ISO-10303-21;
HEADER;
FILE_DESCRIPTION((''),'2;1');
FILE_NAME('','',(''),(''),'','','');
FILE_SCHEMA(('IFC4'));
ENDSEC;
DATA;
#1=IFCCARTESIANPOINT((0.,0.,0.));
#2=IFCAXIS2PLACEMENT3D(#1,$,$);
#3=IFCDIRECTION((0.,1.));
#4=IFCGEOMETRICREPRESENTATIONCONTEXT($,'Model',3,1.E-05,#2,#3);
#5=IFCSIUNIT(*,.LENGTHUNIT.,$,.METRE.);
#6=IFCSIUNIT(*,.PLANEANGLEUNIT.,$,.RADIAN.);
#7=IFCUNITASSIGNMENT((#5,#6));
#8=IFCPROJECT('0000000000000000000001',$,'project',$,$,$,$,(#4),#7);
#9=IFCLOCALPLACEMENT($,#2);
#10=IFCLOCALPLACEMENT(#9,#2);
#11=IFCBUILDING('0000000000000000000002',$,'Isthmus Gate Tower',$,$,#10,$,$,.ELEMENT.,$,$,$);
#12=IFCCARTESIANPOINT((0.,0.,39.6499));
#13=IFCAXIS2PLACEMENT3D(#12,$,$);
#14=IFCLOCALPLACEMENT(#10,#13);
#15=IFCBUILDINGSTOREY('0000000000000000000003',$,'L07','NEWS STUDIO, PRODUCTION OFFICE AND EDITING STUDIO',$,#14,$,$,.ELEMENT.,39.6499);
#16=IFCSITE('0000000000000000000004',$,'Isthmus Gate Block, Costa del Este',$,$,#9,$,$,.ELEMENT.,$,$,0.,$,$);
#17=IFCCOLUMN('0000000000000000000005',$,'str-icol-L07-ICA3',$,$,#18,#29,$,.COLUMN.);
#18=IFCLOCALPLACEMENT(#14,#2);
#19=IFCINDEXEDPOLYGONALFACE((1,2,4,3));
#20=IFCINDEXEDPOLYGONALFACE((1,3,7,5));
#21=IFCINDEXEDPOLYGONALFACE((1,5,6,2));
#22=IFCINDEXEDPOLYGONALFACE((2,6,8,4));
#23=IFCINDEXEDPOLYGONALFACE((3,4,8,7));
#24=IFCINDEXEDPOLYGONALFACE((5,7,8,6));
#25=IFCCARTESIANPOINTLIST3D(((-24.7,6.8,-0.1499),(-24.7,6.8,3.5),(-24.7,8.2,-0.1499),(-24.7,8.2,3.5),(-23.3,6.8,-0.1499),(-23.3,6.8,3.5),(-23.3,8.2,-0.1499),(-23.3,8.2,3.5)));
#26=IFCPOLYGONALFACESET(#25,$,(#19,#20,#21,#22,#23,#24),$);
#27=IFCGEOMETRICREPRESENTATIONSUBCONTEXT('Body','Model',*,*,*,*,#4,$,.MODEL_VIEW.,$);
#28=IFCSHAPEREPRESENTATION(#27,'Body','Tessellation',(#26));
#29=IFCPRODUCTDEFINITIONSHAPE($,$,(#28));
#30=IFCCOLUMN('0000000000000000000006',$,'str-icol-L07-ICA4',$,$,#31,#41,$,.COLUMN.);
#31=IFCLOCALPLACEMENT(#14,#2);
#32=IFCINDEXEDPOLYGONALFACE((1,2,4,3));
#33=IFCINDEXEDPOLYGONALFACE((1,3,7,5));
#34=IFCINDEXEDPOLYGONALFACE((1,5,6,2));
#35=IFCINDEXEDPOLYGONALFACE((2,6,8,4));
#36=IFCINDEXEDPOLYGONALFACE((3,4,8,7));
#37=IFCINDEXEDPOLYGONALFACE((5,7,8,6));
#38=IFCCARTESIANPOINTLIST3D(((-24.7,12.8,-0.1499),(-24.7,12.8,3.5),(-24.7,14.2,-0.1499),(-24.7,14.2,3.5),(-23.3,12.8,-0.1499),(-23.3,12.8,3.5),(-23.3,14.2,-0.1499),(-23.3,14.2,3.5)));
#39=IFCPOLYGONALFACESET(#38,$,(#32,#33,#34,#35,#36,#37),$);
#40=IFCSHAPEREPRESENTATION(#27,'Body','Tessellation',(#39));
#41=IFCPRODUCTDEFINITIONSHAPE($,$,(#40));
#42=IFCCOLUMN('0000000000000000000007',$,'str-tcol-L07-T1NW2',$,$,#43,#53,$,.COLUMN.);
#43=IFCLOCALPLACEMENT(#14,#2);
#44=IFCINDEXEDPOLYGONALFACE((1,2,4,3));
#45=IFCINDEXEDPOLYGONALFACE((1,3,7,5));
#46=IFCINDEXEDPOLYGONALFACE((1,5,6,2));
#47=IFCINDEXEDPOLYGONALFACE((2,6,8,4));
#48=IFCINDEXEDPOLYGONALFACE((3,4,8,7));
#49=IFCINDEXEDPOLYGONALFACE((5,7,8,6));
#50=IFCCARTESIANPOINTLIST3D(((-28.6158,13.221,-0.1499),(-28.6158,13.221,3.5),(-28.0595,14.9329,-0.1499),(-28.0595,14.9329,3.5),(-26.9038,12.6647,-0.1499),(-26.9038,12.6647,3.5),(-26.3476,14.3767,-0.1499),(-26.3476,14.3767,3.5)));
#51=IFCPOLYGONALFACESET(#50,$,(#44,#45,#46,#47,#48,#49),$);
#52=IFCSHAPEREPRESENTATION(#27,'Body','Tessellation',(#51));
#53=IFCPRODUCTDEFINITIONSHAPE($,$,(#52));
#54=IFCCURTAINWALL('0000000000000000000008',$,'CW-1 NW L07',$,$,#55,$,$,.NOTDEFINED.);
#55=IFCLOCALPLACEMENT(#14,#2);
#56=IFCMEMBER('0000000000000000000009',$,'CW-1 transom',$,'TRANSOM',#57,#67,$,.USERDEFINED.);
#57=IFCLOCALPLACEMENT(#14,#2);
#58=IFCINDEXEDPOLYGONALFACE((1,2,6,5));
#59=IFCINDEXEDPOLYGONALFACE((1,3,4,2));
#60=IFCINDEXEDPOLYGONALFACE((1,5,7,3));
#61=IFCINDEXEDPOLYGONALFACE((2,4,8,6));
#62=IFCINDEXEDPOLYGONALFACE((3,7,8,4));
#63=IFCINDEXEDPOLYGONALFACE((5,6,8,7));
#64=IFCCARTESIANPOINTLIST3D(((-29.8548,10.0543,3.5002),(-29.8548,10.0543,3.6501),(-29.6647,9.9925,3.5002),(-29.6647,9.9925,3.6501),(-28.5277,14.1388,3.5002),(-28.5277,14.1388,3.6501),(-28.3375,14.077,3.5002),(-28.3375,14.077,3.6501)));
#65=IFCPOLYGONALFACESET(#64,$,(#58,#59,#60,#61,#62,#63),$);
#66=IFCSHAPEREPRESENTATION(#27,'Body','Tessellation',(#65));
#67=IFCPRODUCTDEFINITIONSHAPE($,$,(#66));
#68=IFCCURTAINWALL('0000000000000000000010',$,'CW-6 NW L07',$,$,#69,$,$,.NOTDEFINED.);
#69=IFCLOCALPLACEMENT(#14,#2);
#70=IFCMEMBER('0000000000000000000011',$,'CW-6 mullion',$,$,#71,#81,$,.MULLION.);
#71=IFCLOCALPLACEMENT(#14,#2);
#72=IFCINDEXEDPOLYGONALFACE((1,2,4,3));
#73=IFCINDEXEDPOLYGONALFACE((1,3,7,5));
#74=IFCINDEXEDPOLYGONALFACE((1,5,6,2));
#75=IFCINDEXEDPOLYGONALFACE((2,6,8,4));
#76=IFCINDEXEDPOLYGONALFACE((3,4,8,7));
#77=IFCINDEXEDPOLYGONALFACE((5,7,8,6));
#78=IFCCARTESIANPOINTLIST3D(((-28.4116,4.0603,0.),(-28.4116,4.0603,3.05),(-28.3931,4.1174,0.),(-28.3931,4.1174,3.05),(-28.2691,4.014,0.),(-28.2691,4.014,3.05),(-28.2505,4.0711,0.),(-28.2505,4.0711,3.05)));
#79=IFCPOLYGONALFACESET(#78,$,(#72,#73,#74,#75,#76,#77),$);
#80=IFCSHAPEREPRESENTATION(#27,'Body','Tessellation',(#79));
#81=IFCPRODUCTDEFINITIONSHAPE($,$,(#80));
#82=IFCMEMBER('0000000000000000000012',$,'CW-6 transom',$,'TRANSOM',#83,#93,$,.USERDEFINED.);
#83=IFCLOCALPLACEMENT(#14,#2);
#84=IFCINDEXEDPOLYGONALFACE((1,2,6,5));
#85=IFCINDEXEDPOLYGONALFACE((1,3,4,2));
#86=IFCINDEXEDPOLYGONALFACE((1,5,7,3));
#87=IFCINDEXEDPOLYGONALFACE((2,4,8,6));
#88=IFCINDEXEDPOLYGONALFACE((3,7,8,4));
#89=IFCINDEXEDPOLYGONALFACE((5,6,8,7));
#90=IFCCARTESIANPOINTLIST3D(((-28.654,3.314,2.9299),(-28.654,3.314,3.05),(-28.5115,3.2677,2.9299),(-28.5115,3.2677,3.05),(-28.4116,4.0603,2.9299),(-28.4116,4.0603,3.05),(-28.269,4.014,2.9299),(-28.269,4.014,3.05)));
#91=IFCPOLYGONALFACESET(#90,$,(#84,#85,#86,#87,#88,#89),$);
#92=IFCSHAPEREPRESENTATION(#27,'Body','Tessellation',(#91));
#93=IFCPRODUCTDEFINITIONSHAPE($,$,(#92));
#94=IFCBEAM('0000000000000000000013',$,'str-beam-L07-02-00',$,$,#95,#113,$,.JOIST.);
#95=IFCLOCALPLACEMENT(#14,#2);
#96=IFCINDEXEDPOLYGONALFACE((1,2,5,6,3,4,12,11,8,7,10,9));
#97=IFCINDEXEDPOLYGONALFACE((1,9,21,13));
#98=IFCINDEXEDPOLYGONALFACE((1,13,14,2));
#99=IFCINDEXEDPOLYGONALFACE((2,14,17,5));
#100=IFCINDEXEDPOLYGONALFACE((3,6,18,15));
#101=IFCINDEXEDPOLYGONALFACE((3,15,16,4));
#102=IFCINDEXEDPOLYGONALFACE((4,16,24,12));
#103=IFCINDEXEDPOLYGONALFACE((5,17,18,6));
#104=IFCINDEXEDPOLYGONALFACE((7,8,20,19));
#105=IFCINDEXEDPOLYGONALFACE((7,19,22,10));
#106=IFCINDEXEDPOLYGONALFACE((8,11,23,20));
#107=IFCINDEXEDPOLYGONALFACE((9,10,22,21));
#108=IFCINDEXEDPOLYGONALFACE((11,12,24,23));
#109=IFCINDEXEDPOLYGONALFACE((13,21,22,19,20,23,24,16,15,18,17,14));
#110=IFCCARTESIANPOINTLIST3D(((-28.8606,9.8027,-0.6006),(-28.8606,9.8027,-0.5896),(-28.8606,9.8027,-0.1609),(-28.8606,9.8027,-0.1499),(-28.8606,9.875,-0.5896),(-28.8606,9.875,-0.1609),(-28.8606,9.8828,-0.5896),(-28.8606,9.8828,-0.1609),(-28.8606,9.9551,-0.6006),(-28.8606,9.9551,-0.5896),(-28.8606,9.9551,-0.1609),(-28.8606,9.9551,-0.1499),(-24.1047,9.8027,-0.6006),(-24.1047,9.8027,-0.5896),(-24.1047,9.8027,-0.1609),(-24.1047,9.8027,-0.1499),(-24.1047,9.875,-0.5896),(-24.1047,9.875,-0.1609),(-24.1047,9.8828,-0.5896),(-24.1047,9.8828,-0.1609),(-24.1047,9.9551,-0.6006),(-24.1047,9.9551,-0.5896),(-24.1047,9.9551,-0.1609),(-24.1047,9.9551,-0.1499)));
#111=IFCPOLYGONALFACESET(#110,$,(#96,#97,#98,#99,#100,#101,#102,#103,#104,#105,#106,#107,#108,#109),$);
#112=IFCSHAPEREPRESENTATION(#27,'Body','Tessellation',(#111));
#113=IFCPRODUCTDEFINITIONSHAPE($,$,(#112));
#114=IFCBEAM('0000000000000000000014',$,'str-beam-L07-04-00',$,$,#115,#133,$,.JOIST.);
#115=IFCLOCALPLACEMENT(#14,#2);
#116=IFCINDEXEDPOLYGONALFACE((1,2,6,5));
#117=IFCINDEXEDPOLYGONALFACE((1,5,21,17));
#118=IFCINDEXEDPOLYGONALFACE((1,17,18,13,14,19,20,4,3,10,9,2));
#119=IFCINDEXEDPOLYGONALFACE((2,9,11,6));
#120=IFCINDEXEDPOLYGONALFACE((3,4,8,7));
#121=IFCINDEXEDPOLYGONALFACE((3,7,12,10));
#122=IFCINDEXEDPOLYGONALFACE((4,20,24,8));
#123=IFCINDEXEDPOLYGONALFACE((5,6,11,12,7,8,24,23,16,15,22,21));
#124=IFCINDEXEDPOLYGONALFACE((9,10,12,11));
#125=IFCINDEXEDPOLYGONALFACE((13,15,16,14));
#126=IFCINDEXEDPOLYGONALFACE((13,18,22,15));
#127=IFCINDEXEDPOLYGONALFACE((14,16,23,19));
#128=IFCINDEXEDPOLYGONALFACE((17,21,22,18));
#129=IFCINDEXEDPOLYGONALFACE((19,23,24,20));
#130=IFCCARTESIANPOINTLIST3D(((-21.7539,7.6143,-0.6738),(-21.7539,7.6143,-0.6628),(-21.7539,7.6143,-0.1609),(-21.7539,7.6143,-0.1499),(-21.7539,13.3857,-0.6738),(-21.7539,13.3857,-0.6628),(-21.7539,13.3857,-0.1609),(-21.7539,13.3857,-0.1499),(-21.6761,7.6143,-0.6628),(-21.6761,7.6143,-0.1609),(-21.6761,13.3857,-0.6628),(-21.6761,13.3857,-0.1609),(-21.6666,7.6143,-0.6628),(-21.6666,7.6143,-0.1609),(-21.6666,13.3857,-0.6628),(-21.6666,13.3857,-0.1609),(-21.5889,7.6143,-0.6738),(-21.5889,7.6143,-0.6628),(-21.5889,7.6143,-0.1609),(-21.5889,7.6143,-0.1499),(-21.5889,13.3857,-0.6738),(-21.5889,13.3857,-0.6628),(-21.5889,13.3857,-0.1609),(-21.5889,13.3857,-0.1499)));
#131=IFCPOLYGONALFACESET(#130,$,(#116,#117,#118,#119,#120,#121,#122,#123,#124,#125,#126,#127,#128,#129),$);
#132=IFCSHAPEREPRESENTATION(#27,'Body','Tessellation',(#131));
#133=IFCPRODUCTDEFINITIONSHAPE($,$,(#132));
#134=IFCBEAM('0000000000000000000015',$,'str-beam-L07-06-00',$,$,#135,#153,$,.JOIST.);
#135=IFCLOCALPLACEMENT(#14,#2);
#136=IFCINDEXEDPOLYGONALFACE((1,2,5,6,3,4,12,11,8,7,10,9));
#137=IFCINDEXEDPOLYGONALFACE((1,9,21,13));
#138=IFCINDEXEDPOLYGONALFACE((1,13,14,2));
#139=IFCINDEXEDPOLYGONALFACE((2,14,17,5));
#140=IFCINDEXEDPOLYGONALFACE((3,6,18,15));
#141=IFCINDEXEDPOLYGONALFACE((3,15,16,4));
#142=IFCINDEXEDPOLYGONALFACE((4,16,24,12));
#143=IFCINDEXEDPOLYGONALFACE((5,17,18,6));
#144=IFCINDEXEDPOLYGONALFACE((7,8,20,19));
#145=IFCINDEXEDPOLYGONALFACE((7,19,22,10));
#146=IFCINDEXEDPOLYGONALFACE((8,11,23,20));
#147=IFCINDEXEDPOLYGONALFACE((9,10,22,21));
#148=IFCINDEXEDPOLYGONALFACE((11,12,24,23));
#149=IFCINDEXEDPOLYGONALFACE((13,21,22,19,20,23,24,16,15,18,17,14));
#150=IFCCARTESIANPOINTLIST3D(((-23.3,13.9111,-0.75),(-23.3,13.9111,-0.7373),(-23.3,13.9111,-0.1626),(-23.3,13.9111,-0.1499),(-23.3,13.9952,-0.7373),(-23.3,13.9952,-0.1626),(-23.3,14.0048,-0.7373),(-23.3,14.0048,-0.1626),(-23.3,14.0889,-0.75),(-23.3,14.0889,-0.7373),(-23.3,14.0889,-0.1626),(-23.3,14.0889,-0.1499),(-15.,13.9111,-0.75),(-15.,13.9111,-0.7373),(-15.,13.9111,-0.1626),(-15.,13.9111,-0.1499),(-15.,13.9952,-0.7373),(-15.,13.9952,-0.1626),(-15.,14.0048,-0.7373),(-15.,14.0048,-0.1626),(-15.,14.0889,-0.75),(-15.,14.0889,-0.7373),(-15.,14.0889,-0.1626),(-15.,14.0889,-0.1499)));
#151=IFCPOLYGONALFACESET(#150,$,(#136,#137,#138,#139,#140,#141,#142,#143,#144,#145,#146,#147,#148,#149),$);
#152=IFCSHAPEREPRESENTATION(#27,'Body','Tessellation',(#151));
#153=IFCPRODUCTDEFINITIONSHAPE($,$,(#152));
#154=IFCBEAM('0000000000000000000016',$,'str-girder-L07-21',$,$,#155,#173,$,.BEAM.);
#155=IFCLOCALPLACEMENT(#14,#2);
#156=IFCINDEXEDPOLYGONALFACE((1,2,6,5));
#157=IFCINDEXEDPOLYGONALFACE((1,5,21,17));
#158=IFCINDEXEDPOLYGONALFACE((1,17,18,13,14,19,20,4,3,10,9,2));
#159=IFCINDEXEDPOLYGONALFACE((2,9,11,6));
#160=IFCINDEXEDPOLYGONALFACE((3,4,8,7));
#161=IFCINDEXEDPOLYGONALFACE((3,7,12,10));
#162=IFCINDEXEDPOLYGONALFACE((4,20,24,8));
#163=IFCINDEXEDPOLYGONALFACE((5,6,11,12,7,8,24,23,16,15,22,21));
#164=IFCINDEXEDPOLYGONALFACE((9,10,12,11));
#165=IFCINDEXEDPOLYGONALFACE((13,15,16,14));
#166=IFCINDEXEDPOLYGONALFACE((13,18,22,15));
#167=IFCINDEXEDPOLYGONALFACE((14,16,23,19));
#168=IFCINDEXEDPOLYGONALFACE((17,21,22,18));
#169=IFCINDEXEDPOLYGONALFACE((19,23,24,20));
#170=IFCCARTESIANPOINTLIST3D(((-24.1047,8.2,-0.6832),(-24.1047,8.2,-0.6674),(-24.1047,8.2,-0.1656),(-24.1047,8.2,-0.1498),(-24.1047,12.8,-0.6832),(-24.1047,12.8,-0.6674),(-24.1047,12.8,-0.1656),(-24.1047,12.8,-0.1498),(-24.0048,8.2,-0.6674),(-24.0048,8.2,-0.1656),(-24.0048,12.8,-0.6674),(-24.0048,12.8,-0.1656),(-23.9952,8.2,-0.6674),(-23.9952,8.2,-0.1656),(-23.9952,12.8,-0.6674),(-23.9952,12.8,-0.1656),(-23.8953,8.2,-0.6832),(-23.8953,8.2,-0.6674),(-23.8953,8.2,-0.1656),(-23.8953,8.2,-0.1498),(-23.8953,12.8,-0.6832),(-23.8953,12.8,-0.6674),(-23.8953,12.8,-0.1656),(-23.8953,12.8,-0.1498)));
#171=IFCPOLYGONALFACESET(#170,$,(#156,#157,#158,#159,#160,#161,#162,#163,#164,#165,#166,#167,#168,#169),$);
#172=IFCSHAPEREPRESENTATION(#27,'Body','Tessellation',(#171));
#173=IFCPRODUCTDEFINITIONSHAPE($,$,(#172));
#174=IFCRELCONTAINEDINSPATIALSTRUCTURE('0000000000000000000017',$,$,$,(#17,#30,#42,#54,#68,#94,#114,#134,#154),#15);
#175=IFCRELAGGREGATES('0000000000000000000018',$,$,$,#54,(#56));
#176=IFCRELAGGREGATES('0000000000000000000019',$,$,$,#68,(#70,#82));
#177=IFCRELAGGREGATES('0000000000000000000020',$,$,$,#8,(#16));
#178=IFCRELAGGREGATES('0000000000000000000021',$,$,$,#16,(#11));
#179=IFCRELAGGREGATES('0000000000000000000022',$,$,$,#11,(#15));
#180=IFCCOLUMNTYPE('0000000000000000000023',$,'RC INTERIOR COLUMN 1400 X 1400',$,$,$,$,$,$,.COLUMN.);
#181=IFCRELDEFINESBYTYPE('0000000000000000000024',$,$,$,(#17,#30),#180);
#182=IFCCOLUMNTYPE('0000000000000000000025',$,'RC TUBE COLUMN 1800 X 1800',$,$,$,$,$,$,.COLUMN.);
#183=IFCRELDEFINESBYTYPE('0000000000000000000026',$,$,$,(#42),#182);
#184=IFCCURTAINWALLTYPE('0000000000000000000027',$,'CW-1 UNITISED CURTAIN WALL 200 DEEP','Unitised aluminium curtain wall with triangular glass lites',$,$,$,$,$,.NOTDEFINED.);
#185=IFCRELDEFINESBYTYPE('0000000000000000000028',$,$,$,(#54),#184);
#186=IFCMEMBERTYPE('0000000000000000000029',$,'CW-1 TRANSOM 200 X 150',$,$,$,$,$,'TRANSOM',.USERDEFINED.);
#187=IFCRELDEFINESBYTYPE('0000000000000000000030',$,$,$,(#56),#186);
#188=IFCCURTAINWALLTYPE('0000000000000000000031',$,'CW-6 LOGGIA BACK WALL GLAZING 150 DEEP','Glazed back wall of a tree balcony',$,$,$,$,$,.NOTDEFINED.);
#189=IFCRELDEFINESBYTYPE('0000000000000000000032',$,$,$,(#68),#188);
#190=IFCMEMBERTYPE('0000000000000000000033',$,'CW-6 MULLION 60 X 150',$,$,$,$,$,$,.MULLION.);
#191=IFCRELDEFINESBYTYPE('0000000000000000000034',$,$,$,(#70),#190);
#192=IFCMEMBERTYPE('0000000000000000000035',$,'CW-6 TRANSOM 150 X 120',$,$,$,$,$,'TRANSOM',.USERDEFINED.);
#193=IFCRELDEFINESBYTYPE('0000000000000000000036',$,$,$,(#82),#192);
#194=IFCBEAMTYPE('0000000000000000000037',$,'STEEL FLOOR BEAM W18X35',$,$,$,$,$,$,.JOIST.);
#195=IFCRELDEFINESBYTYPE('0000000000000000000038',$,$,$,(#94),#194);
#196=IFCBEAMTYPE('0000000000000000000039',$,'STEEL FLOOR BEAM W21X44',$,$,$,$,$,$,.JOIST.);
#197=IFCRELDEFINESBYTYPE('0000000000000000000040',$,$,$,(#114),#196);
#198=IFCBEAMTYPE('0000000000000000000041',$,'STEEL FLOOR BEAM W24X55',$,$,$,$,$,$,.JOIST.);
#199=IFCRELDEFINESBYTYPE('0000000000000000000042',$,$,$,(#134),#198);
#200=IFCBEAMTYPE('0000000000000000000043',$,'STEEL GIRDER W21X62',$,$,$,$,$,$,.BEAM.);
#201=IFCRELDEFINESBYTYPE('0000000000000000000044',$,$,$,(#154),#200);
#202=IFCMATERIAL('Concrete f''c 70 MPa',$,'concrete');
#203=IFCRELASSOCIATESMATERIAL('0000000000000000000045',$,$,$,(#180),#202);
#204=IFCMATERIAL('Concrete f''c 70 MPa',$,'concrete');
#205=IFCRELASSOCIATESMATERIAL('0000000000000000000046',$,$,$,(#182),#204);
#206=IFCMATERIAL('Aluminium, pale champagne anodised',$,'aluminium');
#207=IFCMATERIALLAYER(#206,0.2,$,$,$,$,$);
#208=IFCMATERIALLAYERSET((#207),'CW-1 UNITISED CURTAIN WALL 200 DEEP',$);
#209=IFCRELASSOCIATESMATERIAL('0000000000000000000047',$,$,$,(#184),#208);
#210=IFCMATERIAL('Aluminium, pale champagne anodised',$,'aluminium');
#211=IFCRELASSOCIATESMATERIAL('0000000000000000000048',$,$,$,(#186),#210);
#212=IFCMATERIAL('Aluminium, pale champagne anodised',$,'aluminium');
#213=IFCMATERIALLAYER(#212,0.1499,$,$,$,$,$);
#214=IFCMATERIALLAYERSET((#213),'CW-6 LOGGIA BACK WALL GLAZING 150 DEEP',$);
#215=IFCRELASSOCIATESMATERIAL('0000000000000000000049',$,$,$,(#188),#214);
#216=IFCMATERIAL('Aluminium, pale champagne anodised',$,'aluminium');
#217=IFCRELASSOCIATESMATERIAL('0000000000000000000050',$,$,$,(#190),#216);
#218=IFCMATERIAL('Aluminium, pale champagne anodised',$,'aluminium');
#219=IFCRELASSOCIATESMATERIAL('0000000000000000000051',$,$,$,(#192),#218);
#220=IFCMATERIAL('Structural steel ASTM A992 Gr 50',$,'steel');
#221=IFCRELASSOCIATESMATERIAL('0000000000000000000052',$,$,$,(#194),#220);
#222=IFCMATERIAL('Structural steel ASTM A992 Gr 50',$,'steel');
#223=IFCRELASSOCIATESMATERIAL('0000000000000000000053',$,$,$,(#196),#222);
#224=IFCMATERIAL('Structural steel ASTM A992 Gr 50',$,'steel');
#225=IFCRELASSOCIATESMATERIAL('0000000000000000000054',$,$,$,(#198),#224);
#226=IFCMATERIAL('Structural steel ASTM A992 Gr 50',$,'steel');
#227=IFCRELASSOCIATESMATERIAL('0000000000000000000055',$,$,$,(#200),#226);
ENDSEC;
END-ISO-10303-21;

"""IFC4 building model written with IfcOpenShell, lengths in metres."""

from ifc_helpers import new_model, si_unit, direction, frame, origin, origin_2d, place, context, subcontext, project, spatial, rectangle, i_section, extrude, material, layer, layer_set, material_profile, profile_set, type_object, element, aggregate, save


model = new_model("IFC4")

# Units and contexts
model_context = context("Model", 3, precision=1e-05, world=origin(), true_north=direction((0.0, 1.0)))
body_context = subcontext(model_context, "Body", "Model", "MODEL_VIEW")
ifc_project = project(units=[si_unit("LENGTHUNIT", "METRE"), si_unit("PLANEANGLEUNIT", "RADIAN")], contexts=[model_context])

# Site, building, storey
site_placement = place(None, origin())
site = spatial("IfcSite", under=ifc_project, at=site_placement, Name="Isthmus Gate Block, Costa del Este", CompositionType="ELEMENT", RefElevation=0.0)
building_placement = place(site_placement, origin())
building = spatial("IfcBuilding", under=site, at=building_placement, Name="Isthmus Gate Tower", CompositionType="ELEMENT")
storey_placement = place(building_placement, frame((0.0, 0.0, 39.6499)))
storey = spatial("IfcBuildingStorey", under=building, at=storey_placement, Name="L07", Description="NEWS STUDIO, PRODUCTION OFFICE AND EDITING STUDIO", CompositionType="ELEMENT", Elevation=39.6499)

# Columns
ifc_material_1 = material(Name="Concrete f'c 70 MPa", Category="concrete")
ifc_material_profile_1 = material_profile(ifc_material_1, rectangle(XDim=1.3999, YDim=1.3999, at=origin_2d()), Name="RC 1400X1400")
ifc_profile_set_1 = profile_set([ifc_material_profile_1], Name="Concrete f'c 70 MPa")
column_type_1 = type_object("IfcColumnType", Name="RC INTERIOR COLUMN 1400 X 1400", PredefinedType="COLUMN", material=ifc_profile_set_1)
for number, where, z_axis, x_axis, name in (
    (1, (-24.0, 7.5, -0.1499), (0.0, 0.0, 1.0), (1.0, 0.0, 0.0), "str-icol-L07-ICA3"),
    (2, (-24.0, 13.5, -0.1499), (0.0, 0.0, 1.0), (1.0, 0.0, 0.0), "str-icol-L07-ICA4"),
):
    element("IfcColumn", number, at=place(storey_placement, frame(where, z_axis=z_axis, x_axis=x_axis)), inside=storey, type_object=column_type_1, Name=name, PredefinedType="COLUMN", context=body_context, shape_type="SweptSolid", body=[
        extrude(rectangle(XDim=1.3999, YDim=1.3999, at=origin_2d()), origin(), (0.0, 0.0, 1.0), 3.6499),
    ])
ifc_material_2 = material(Name="Concrete f'c 70 MPa", Category="concrete")
ifc_material_profile_2 = material_profile(ifc_material_2, rectangle(XDim=1.8, YDim=1.8, at=origin_2d()), Name="RC 1800X1800")
ifc_profile_set_2 = profile_set([ifc_material_profile_2], Name="Concrete f'c 70 MPa")
column_type_2 = type_object("IfcColumnType", Name="RC TUBE COLUMN 1800 X 1800", PredefinedType="COLUMN", material=ifc_profile_set_2)
column_placement = place(storey_placement, frame((-27.4817, 13.7988, -0.1499), z_axis=(0.0, 0.0, 1.0), x_axis=(-0.309017, -0.951057, 0.0)))
element("IfcColumn", 3, at=column_placement, inside=storey, type_object=column_type_2, Name="str-tcol-L07-T1NW2", PredefinedType="COLUMN", context=body_context, shape_type="SweptSolid", body=[
    extrude(rectangle(XDim=1.8, YDim=1.8, at=origin_2d()), origin(), (0.0, 0.0, 1.0), 3.6499),
])

# Curtain wall, member
ifc_material_3 = material(Name="Aluminium, pale champagne anodised", Category="aluminium")
ifc_layer_1 = layer(ifc_material_3, 0.2)
ifc_layer_set_1 = layer_set([ifc_layer_1], Name="CW-1 UNITISED CURTAIN WALL 200 DEEP")
curtain_wall_type_1 = type_object("IfcCurtainWallType", Name="CW-1 UNITISED CURTAIN WALL 200 DEEP", Description="Unitised aluminium curtain wall with triangular glass lites", PredefinedType="NOTDEFINED", material=ifc_layer_set_1)
curtain_wall_1_placement = place(storey_placement, origin())
curtain_wall_1 = element("IfcCurtainWall", 4, at=curtain_wall_1_placement, inside=storey, type_object=curtain_wall_type_1, Name="CW-1 NW L07", PredefinedType="NOTDEFINED")
ifc_material_4 = material(Name="Aluminium, pale champagne anodised", Category="aluminium")
ifc_material_profile_3 = material_profile(ifc_material_4, rectangle(XDim=0.2, YDim=0.1499, at=origin_2d()), Name="200x150")
ifc_profile_set_3 = profile_set([ifc_material_profile_3], Name="Aluminium, pale champagne anodised")
member_type_1 = type_object("IfcMemberType", Name="CW-1 TRANSOM 200 X 150", ElementType="TRANSOM", PredefinedType="USERDEFINED", material=ifc_profile_set_3)
member_1_placement = place(storey_placement, frame((-28.4326, 14.1079, 3.5752), z_axis=(-0.309022, -0.951055, 0.0), x_axis=(0.951055, -0.309022, 0.0)))
member_1 = element("IfcMember", 5, at=member_1_placement, type_object=member_type_1, Name="CW-1 transom", ObjectType="TRANSOM", PredefinedType="USERDEFINED", context=body_context, shape_type="SweptSolid", body=[
    extrude(rectangle(XDim=0.2, YDim=0.1499, at=origin_2d()), origin(), (0.0, 0.0, 1.0), 4.2947),
])

# Curtain wall, members
ifc_material_5 = material(Name="Aluminium, pale champagne anodised", Category="aluminium")
ifc_layer_2 = layer(ifc_material_5, 0.1499)
ifc_layer_set_2 = layer_set([ifc_layer_2], Name="CW-6 LOGGIA BACK WALL GLAZING 150 DEEP")
curtain_wall_type_2 = type_object("IfcCurtainWallType", Name="CW-6 LOGGIA BACK WALL GLAZING 150 DEEP", Description="Glazed back wall of a tree balcony", PredefinedType="NOTDEFINED", material=ifc_layer_set_2)
curtain_wall_2_placement = place(storey_placement, origin())
curtain_wall_2 = element("IfcCurtainWall", 6, at=curtain_wall_2_placement, inside=storey, type_object=curtain_wall_type_2, Name="CW-6 NW L07", PredefinedType="NOTDEFINED")
ifc_material_6 = material(Name="Aluminium, pale champagne anodised", Category="aluminium")
ifc_material_profile_4 = material_profile(ifc_material_6, rectangle(XDim=0.0601, YDim=0.1499, at=origin_2d()), Name="60x150")
ifc_profile_set_4 = profile_set([ifc_material_profile_4], Name="Aluminium, pale champagne anodised")
member_type_2 = type_object("IfcMemberType", Name="CW-6 MULLION 60 X 150", PredefinedType="MULLION", material=ifc_profile_set_4)
member_2_placement = place(storey_placement, frame((-28.3311, 4.0657, 0.0), z_axis=(0.0, 0.0, 1.0), x_axis=(-0.309017, -0.951057, 0.0)))
member_2 = element("IfcMember", 7, at=member_2_placement, type_object=member_type_2, Name="CW-6 mullion", PredefinedType="MULLION", context=body_context, shape_type="SweptSolid", body=[
    extrude(rectangle(XDim=0.0601, YDim=0.1499, at=origin_2d()), origin(), (0.0, 0.0, 1.0), 3.05),
])
ifc_material_7 = material(Name="Aluminium, pale champagne anodised", Category="aluminium")
ifc_material_profile_5 = material_profile(ifc_material_7, rectangle(XDim=0.1499, YDim=0.1201, at=origin_2d()), Name="150x120")
ifc_profile_set_5 = profile_set([ifc_material_profile_5], Name="Aluminium, pale champagne anodised")
member_type_3 = type_object("IfcMemberType", Name="CW-6 TRANSOM 150 X 120", ElementType="TRANSOM", PredefinedType="USERDEFINED", material=ifc_profile_set_5)
member_3_placement = place(storey_placement, frame((-28.3403, 4.0371, 2.99), z_axis=(-0.308938, -0.951082, 0.0), x_axis=(0.951082, -0.308938, 0.0)))
member_3 = element("IfcMember", 8, at=member_3_placement, type_object=member_type_3, Name="CW-6 transom", ObjectType="TRANSOM", PredefinedType="USERDEFINED", context=body_context, shape_type="SweptSolid", body=[
    extrude(rectangle(XDim=0.1499, YDim=0.1201, at=origin_2d()), origin(), (0.0, 0.0, 1.0), 0.7847),
])

# Beams
ifc_material_8 = material(Name="Structural steel ASTM A992 Gr 50", Category="steel")
ifc_material_profile_6 = material_profile(ifc_material_8, i_section(OverallWidth=0.1523, OverallDepth=0.4507, WebThickness=0.0078, FlangeThickness=0.011, at=origin_2d()), Name="W18X35")
ifc_profile_set_6 = profile_set([ifc_material_profile_6], Name="Structural steel ASTM A992 Gr 50")
beam_type_1 = type_object("IfcBeamType", Name="STEEL FLOOR BEAM W18X35", PredefinedType="JOIST", material=ifc_profile_set_6)
beam_1_placement = place(storey_placement, frame((-28.8606, 9.8789, -0.3752), z_axis=(1.0, 0.0, 0.0), x_axis=(0.0, 1.0, 0.0)))
element("IfcBeam", 9, at=beam_1_placement, inside=storey, type_object=beam_type_1, Name="str-beam-L07-02-00", PredefinedType="JOIST", context=body_context, shape_type="SweptSolid", body=[
    extrude(i_section(OverallWidth=0.1523, OverallDepth=0.4507, WebThickness=0.0078, FlangeThickness=0.011, at=origin_2d()), origin(), (0.0, 0.0, 1.0), 4.7559),
])
ifc_material_9 = material(Name="Structural steel ASTM A992 Gr 50", Category="steel")
ifc_material_profile_7 = material_profile(ifc_material_9, i_section(OverallWidth=0.165, OverallDepth=0.5239, WebThickness=0.0095, FlangeThickness=0.011, at=origin_2d()), Name="W21X44")
ifc_profile_set_7 = profile_set([ifc_material_profile_7], Name="Structural steel ASTM A992 Gr 50")
beam_type_2 = type_object("IfcBeamType", Name="STEEL FLOOR BEAM W21X44", PredefinedType="JOIST", material=ifc_profile_set_7)
beam_2_placement = place(storey_placement, frame((-21.6714, 7.6143, -0.4119), z_axis=(0.0, 1.0, 0.0), x_axis=(-1.0, 0.0, 0.0)))
element("IfcBeam", 10, at=beam_2_placement, inside=storey, type_object=beam_type_2, Name="str-beam-L07-04-00", PredefinedType="JOIST", context=body_context, shape_type="SweptSolid", body=[
    extrude(i_section(OverallWidth=0.165, OverallDepth=0.5239, WebThickness=0.0095, FlangeThickness=0.011, at=origin_2d()), origin(), (0.0, 0.0, 1.0), 5.7715),
])
ifc_material_10 = material(Name="Structural steel ASTM A992 Gr 50", Category="steel")
ifc_material_profile_8 = material_profile(ifc_material_10, i_section(OverallWidth=0.1777, OverallDepth=0.6001, WebThickness=0.0095, FlangeThickness=0.0127, at=origin_2d()), Name="W24X55")
ifc_profile_set_8 = profile_set([ifc_material_profile_8], Name="Structural steel ASTM A992 Gr 50")
beam_type_3 = type_object("IfcBeamType", Name="STEEL FLOOR BEAM W24X55", PredefinedType="JOIST", material=ifc_profile_set_8)
beam_3_placement = place(storey_placement, frame((-23.3, 14.0, -0.45), z_axis=(1.0, 0.0, 0.0), x_axis=(0.0, 1.0, 0.0)))
element("IfcBeam", 11, at=beam_3_placement, inside=storey, type_object=beam_type_3, Name="str-beam-L07-06-00", PredefinedType="JOIST", context=body_context, shape_type="SweptSolid", body=[
    extrude(i_section(OverallWidth=0.1777, OverallDepth=0.6001, WebThickness=0.0095, FlangeThickness=0.0127, at=origin_2d()), origin(), (0.0, 0.0, 1.0), 8.3),
])
ifc_material_11 = material(Name="Structural steel ASTM A992 Gr 50", Category="steel")
ifc_material_profile_9 = material_profile(ifc_material_11, i_section(OverallWidth=0.2095, OverallDepth=0.5334, WebThickness=0.0095, FlangeThickness=0.0159, at=origin_2d()), Name="W21X62")
ifc_profile_set_9 = profile_set([ifc_material_profile_9], Name="Structural steel ASTM A992 Gr 50")
beam_type_4 = type_object("IfcBeamType", Name="STEEL GIRDER W21X62", PredefinedType="BEAM", material=ifc_profile_set_9)
beam_4_placement = place(storey_placement, frame((-24.0, 8.2, -0.4165), z_axis=(0.0, 1.0, 0.0), x_axis=(-1.0, 0.0, 0.0)))
element("IfcBeam", 12, at=beam_4_placement, inside=storey, type_object=beam_type_4, Name="str-girder-L07-21", PredefinedType="BEAM", context=body_context, shape_type="SweptSolid", body=[
    extrude(i_section(OverallWidth=0.2095, OverallDepth=0.5334, WebThickness=0.0095, FlangeThickness=0.0159, at=origin_2d()), origin(), (0.0, 0.0, 1.0), 4.6001),
])

aggregate(curtain_wall_1, [member_1])
aggregate(curtain_wall_2, [member_2, member_3])

save(model, "model.ifc")
